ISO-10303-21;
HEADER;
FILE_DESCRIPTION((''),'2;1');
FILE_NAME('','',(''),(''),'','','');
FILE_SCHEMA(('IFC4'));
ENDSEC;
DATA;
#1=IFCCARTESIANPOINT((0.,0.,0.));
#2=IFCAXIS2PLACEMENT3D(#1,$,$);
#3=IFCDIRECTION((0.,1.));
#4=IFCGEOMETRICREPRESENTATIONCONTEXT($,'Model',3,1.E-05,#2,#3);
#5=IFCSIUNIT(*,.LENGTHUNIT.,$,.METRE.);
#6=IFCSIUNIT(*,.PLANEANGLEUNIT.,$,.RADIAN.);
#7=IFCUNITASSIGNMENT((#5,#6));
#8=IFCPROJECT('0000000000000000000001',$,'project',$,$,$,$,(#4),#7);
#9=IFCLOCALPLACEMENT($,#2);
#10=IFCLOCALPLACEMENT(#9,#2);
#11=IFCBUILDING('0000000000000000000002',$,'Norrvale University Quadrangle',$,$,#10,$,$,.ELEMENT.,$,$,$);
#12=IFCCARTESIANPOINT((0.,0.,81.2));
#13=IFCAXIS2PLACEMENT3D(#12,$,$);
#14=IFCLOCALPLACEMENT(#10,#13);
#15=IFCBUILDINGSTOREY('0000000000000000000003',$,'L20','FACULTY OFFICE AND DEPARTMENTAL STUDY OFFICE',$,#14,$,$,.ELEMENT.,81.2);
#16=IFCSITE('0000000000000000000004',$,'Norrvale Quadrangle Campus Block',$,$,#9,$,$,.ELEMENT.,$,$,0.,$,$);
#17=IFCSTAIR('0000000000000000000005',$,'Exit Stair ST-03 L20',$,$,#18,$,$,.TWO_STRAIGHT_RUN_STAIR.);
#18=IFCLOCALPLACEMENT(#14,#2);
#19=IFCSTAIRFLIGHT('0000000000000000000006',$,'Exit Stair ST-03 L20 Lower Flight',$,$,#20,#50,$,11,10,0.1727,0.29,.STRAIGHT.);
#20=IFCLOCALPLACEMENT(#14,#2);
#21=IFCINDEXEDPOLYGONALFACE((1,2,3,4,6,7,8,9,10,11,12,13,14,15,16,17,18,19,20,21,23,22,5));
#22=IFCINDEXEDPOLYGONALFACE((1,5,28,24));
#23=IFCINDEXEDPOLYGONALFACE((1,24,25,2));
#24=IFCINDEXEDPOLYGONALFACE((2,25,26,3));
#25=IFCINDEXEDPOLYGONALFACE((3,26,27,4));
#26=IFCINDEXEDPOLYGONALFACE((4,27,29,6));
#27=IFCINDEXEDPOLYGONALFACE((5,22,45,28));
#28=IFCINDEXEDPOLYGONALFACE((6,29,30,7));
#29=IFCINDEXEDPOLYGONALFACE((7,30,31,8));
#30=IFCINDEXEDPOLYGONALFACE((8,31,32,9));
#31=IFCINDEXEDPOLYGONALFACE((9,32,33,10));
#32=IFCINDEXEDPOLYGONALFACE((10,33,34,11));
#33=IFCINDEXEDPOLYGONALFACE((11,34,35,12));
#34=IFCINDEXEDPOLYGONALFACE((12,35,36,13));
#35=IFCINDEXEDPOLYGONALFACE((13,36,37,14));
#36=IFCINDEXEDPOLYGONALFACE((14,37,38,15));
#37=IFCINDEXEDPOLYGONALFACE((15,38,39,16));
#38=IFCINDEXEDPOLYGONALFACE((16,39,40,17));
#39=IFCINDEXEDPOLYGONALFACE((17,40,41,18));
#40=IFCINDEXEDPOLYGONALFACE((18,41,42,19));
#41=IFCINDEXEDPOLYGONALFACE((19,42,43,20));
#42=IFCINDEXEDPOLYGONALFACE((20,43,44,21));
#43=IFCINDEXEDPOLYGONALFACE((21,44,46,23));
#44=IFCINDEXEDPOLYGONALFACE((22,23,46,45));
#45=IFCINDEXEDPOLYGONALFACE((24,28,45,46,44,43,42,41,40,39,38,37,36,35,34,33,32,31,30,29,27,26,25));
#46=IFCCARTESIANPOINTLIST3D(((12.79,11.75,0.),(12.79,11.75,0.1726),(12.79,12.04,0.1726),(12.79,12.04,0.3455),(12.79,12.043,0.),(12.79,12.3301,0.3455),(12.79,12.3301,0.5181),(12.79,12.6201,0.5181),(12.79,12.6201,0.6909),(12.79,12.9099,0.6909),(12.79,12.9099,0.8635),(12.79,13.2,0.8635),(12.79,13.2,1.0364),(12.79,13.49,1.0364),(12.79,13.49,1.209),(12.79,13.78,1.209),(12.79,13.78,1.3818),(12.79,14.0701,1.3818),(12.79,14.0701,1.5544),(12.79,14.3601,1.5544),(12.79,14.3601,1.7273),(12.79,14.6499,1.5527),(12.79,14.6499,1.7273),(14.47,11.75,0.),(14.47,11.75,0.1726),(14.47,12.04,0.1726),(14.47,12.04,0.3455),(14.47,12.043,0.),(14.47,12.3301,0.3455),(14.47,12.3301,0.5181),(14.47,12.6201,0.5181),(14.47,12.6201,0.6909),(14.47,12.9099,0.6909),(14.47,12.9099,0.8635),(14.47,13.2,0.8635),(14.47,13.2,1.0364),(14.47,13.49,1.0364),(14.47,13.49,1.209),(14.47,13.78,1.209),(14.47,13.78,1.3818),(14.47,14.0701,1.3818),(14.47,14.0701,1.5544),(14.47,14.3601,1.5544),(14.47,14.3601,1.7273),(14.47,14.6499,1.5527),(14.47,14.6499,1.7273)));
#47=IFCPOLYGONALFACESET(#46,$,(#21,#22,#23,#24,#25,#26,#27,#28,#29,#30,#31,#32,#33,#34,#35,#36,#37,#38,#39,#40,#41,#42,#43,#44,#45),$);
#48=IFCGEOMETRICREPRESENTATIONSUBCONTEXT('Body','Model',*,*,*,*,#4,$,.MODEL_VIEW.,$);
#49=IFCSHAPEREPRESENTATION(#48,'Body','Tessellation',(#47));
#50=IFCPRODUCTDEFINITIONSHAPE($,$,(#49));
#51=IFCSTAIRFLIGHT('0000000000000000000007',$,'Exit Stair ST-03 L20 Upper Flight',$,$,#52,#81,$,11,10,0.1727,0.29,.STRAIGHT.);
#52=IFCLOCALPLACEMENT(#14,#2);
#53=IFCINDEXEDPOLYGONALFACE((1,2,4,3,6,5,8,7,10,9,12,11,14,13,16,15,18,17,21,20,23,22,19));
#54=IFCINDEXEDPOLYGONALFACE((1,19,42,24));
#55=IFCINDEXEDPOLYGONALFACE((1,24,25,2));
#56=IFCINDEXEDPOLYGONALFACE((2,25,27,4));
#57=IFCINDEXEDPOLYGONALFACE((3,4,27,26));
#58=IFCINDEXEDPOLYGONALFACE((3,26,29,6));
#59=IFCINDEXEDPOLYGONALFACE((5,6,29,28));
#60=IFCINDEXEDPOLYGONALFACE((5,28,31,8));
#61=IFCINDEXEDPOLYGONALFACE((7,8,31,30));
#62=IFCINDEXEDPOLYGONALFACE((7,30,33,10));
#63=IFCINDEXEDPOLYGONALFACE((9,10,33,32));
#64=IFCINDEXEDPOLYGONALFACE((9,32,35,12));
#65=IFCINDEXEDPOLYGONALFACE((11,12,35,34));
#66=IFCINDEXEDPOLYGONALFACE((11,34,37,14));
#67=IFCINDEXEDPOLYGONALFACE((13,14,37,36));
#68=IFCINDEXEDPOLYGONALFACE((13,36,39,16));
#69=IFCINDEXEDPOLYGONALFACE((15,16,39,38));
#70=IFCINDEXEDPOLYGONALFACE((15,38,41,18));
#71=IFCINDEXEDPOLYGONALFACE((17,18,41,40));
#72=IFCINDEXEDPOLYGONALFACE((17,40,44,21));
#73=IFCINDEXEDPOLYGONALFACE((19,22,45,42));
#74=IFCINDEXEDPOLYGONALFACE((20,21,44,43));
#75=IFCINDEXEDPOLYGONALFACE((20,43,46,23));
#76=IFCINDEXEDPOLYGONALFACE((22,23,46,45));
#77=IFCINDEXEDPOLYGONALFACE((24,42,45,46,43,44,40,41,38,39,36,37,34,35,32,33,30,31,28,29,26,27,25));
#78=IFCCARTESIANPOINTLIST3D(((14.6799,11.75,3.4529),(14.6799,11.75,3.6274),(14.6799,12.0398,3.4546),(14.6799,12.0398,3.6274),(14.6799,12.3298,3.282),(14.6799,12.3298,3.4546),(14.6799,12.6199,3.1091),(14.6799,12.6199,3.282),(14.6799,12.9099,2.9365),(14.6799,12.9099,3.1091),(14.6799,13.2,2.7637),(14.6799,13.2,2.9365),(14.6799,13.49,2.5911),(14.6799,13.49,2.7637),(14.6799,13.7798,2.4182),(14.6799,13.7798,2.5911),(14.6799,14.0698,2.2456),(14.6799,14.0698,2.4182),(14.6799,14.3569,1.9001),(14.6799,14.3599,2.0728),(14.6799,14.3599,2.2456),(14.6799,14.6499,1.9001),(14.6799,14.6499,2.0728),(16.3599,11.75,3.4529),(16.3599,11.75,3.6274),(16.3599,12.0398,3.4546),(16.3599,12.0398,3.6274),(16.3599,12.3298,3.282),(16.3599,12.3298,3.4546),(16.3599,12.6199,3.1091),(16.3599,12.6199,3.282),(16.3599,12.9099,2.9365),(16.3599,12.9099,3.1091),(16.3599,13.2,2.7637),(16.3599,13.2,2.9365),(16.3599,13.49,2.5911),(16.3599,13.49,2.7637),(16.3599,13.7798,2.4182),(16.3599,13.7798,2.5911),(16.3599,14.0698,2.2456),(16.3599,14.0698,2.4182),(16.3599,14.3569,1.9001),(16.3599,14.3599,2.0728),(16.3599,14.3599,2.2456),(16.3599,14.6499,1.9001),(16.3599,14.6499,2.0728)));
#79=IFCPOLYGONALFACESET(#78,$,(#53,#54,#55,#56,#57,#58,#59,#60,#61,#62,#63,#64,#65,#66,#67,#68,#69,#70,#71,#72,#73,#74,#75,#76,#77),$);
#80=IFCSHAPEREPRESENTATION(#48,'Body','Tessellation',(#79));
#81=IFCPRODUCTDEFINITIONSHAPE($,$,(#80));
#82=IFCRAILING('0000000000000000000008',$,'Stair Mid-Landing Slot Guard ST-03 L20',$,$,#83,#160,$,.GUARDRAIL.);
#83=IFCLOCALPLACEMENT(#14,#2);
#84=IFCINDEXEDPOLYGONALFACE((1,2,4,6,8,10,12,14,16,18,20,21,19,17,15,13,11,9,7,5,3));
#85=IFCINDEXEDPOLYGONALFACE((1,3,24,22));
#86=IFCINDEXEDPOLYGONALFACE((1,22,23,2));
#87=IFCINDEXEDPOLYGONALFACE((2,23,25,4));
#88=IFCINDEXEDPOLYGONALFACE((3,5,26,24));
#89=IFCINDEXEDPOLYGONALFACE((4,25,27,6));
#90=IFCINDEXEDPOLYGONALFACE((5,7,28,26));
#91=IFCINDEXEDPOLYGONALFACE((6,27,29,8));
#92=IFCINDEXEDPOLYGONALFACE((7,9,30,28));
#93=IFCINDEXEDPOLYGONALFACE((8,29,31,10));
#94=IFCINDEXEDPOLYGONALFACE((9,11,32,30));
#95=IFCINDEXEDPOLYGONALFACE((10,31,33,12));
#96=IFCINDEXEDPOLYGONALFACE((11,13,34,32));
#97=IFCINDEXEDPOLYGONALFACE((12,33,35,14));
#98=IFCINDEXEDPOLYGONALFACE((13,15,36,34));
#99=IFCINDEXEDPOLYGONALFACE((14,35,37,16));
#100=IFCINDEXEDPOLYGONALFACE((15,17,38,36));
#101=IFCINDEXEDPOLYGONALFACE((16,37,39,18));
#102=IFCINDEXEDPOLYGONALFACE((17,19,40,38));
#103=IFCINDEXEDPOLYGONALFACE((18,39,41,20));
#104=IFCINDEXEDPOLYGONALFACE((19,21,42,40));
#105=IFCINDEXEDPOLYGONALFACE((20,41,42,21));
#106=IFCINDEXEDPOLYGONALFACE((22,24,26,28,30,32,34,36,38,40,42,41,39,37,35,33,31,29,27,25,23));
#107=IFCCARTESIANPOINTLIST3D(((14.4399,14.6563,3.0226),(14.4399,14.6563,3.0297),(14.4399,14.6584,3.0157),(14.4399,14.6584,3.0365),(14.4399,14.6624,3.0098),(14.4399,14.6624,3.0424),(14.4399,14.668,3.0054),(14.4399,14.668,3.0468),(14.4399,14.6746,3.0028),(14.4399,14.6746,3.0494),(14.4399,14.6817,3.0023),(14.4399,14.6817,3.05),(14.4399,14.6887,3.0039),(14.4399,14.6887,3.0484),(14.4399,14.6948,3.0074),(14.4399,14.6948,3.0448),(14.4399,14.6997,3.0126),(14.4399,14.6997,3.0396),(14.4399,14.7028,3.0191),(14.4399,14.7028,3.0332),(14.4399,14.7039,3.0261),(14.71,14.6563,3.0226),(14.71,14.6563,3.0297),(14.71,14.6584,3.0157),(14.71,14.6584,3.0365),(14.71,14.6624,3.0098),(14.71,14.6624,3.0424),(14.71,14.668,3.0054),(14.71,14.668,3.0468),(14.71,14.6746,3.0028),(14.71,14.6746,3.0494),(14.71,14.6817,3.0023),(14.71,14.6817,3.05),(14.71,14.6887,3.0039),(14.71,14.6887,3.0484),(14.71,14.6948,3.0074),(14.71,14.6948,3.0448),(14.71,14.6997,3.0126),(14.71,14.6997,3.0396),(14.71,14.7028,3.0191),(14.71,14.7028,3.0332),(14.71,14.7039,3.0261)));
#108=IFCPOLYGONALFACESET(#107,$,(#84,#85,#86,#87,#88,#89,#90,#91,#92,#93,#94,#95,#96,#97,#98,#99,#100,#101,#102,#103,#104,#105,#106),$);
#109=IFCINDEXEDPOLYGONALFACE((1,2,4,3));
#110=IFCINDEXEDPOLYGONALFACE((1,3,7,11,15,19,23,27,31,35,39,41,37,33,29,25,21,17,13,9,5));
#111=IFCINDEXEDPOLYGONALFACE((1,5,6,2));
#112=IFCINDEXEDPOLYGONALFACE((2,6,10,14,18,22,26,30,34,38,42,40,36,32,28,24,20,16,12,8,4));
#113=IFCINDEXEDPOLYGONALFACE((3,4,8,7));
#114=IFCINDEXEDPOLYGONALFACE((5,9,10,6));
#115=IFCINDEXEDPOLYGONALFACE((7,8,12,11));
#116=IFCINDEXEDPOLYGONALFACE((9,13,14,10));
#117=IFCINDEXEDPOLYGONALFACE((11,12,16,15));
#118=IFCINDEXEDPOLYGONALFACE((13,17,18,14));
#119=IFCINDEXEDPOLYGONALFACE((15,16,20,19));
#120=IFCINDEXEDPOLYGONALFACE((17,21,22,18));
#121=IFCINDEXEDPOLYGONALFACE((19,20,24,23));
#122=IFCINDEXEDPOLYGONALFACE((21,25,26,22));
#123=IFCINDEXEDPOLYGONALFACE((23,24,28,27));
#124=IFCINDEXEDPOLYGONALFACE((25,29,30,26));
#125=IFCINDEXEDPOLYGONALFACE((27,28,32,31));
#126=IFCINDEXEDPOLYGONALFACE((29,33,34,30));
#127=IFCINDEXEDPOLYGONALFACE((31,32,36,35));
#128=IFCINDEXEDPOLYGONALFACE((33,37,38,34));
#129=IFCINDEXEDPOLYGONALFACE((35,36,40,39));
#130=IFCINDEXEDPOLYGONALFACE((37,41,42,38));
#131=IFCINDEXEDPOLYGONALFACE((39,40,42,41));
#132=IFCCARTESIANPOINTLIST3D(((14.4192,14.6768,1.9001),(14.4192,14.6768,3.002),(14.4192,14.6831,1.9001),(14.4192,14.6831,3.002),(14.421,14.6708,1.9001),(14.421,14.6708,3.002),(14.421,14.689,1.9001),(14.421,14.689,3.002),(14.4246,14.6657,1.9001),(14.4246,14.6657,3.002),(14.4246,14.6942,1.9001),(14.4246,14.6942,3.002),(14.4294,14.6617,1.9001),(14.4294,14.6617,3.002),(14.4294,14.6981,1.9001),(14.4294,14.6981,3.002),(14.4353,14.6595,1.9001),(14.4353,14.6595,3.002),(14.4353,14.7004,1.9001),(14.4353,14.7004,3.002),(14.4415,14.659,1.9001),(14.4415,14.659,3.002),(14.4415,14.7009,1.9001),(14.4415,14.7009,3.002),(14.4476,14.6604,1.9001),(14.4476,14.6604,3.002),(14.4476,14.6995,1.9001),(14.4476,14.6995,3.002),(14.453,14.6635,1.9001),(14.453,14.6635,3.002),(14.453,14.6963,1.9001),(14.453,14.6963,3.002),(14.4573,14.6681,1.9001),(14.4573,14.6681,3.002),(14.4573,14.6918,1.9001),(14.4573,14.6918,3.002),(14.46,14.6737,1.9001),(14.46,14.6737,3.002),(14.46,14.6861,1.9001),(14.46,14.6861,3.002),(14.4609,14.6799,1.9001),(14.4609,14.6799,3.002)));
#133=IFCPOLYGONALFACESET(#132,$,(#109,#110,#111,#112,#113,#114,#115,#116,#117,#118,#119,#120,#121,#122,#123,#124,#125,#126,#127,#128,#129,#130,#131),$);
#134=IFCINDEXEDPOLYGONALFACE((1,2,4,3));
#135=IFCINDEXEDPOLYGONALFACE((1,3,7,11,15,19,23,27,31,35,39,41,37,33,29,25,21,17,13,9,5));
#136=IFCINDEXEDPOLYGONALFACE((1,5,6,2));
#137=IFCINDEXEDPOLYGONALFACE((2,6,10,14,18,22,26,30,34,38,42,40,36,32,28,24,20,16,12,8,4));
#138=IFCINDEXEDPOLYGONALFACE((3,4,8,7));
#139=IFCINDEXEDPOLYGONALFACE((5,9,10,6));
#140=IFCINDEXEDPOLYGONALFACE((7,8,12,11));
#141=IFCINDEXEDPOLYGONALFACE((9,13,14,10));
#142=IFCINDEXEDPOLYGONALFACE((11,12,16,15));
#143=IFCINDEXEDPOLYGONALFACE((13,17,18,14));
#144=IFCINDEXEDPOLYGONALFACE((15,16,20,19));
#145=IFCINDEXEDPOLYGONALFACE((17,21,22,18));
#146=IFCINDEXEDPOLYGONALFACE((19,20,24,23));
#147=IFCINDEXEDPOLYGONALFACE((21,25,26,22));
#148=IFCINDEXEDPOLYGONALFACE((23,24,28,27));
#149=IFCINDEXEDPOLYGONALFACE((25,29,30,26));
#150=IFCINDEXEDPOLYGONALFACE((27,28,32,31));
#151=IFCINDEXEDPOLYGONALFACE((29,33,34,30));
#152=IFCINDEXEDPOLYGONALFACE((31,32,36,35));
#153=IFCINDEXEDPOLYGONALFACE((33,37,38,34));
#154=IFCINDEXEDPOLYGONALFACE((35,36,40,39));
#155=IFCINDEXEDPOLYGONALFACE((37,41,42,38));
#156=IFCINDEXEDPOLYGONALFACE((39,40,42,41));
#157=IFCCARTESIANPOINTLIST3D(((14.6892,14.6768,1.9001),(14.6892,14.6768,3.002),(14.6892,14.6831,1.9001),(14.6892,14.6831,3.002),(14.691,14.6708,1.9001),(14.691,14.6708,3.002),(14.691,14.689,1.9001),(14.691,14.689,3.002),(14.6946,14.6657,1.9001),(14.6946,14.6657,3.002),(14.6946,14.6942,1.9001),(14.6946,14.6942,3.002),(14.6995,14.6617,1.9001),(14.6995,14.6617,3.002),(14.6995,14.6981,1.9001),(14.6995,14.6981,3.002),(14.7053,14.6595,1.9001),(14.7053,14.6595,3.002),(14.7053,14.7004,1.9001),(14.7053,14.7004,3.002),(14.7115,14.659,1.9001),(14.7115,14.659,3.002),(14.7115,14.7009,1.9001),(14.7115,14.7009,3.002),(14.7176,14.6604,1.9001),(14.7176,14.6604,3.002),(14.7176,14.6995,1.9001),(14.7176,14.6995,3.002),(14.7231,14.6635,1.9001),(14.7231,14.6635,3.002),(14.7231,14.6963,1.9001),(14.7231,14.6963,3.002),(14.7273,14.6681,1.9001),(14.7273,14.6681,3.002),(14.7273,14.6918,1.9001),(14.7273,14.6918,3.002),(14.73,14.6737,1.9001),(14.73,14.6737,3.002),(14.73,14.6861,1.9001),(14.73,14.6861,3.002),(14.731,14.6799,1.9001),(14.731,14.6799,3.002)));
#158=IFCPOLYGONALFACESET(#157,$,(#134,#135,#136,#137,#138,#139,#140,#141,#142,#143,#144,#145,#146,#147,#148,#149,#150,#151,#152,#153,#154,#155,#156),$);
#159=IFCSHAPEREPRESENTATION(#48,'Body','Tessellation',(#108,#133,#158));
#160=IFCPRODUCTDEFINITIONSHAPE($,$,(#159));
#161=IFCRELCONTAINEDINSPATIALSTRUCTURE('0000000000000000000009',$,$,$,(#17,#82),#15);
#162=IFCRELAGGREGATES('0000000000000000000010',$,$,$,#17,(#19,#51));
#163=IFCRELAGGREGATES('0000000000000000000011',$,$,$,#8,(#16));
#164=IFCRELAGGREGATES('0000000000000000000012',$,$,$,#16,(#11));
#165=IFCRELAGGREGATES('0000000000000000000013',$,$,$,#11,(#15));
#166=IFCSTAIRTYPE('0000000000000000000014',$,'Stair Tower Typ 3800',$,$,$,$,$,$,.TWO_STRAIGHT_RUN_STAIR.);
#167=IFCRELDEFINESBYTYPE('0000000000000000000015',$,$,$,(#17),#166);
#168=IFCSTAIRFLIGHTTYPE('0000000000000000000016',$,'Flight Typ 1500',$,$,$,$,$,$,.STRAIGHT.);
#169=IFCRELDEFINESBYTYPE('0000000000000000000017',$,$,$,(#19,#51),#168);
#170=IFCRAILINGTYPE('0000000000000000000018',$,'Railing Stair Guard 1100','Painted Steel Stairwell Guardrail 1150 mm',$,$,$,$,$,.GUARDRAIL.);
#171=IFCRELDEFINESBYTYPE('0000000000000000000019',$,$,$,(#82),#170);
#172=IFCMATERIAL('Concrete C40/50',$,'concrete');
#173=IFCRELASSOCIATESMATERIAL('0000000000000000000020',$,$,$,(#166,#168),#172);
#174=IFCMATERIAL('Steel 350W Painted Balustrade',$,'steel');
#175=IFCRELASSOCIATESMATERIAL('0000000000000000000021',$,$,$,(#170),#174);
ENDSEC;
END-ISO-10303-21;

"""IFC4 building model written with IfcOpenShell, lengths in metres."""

from ifc_helpers import new_model, si_unit, direction, frame, origin, origin_2d, place, context, subcontext, project, spatial, polyline, circle, outline, extrude, material, type_object, element, aggregate, save


model = new_model("IFC4")

# Units and contexts
model_context = context("Model", 3, precision=1e-05, world=origin(), true_north=direction((0.0, 1.0)))
body_context = subcontext(model_context, "Body", "Model", "MODEL_VIEW")
ifc_project = project(units=[si_unit("LENGTHUNIT", "METRE"), si_unit("PLANEANGLEUNIT", "RADIAN")], contexts=[model_context])

# Site, building, storey
site_placement = place(None, origin())
site = spatial("IfcSite", under=ifc_project, at=site_placement, Name="Norrvale Quadrangle Campus Block", CompositionType="ELEMENT", RefElevation=0.0)
building_placement = place(site_placement, origin())
building = spatial("IfcBuilding", under=site, at=building_placement, Name="Norrvale University Quadrangle", CompositionType="ELEMENT")
storey_placement = place(building_placement, frame((0.0, 0.0, 81.2)))
storey = spatial("IfcBuildingStorey", under=building, at=storey_placement, Name="L20", Description="FACULTY OFFICE AND DEPARTMENTAL STUDY OFFICE", CompositionType="ELEMENT", Elevation=81.2)

# Stair, stair flights
ifc_material_1 = material(Name="Concrete C40/50", Category="concrete")
stair_type = type_object("IfcStairType", Name="Stair Tower Typ 3800", PredefinedType="TWO_STRAIGHT_RUN_STAIR", material=ifc_material_1)
stair_placement = place(storey_placement, origin())
stair = element("IfcStair", 1, at=stair_placement, inside=storey, type_object=stair_type, Name="Exit Stair ST-03 L20", PredefinedType="TWO_STRAIGHT_RUN_STAIR")
stair_flight_type = type_object("IfcStairFlightType", Name="Flight Typ 1500", PredefinedType="STRAIGHT", material=ifc_material_1)
stair_flight_1_placement = place(storey_placement, frame((13.6299, 11.75, 0.0), z_axis=(0.0, 0.0, 1.0), x_axis=(0.0, 1.0, 0.0)))
stair_flight_1 = element("IfcStairFlight", 2, at=stair_flight_1_placement, type_object=stair_flight_type, Name="Exit Stair ST-03 L20 Lower Flight", NumberOfRisers=11, NumberOfTreads=10, PredefinedType="STRAIGHT", RiserHeight=0.1727, TreadLength=0.29, context=body_context, shape_type="SweptSolid", body=[
    extrude(outline(polyline([(0.0, 0.0), (0.0, 0.1726), (0.29, 0.1726), (0.29, 0.3455), (0.5801, 0.3455), (0.5801, 0.5181), (0.8701, 0.5181), (0.8701, 0.6909), (1.1599, 0.6909), (1.1599, 0.8635), (1.45, 0.8635), (1.45, 1.0364), (1.74, 1.0364), (1.74, 1.209), (2.03, 1.209), (2.03, 1.3818), (2.3201, 1.3818), (2.3201, 1.5544), (2.6101, 1.5544), (2.6101, 1.7273), (2.8999, 1.7273), (2.8999, 1.8999), (2.8999, 1.5527), (0.293, 0.0), (0.0, 0.0)])), frame((0.0, 0.8398, 0.0), z_axis=(0.0, -1.0, 0.0), x_axis=(1.0, 0.0, 0.0)), (0.0, 0.0, 1.0), 1.6799),
])
stair_flight_2_placement = place(storey_placement, frame((15.52, 14.6499, 1.9001), z_axis=(0.0, 0.0, 1.0), x_axis=(0.0, -1.0, 0.0)))
stair_flight_2 = element("IfcStairFlight", 3, at=stair_flight_2_placement, type_object=stair_flight_type, Name="Exit Stair ST-03 L20 Upper Flight", NumberOfRisers=11, NumberOfTreads=10, PredefinedType="STRAIGHT", RiserHeight=0.1727, TreadLength=0.29, context=body_context, shape_type="SweptSolid", body=[
    extrude(outline(polyline([(0.0, 0.0), (0.0, 0.1726), (0.29, 0.1726), (0.29, 0.3455), (0.5801, 0.3455), (0.5801, 0.5181), (0.8701, 0.5181), (0.8701, 0.6909), (1.1599, 0.6909), (1.1599, 0.8635), (1.45, 0.8635), (1.45, 1.0364), (1.74, 1.0364), (1.74, 1.209), (2.03, 1.209), (2.03, 1.3818), (2.3201, 1.3818), (2.3201, 1.5544), (2.6101, 1.5544), (2.6101, 1.7273), (2.8999, 1.7273), (2.8999, 1.8999), (2.8999, 1.5527), (0.293, 0.0), (0.0, 0.0)])), frame((0.0, 0.8398, 0.0), z_axis=(0.0, -1.0, 0.0), x_axis=(1.0, 0.0, 0.0)), (0.0, 0.0, 1.0), 1.6799),
])
aggregate(stair, [stair_flight_1, stair_flight_2])

# Railing
ifc_material_2 = material(Name="Steel 350W Painted Balustrade", Category="steel")
railing_type_1 = type_object("IfcRailingType", Name="Railing Stair Guard 1100", Description="Painted Steel Stairwell Guardrail 1150 mm", PredefinedType="GUARDRAIL", material=ifc_material_2)
railing_1_placement = place(storey_placement, frame((14.4399, 14.6799, 1.9001)))
element("IfcRailing", 4, at=railing_1_placement, inside=storey, type_object=railing_type_1, Name="Stair Mid-Landing Slot Guard ST-03 L20", PredefinedType="GUARDRAIL", context=body_context, shape_type="SweptSolid", body=[
    extrude(circle(Radius=0.0239, at=origin_2d()), frame((0.0, 0.0, 1.126), z_axis=(1.0, 0.0, 0.0), x_axis=(0.0, 1.0, 0.0)), (0.0, 0.0, 1.0), 0.27),
    extrude(circle(Radius=0.021, at=origin_2d()), origin(), (0.0, 0.0, 1.0), 1.1018),
    extrude(circle(Radius=0.021, at=origin_2d()), frame((0.27, 0.0, 0.0)), (0.0, 0.0, 1.0), 1.1018),
])

save(model, "model.ifc")
